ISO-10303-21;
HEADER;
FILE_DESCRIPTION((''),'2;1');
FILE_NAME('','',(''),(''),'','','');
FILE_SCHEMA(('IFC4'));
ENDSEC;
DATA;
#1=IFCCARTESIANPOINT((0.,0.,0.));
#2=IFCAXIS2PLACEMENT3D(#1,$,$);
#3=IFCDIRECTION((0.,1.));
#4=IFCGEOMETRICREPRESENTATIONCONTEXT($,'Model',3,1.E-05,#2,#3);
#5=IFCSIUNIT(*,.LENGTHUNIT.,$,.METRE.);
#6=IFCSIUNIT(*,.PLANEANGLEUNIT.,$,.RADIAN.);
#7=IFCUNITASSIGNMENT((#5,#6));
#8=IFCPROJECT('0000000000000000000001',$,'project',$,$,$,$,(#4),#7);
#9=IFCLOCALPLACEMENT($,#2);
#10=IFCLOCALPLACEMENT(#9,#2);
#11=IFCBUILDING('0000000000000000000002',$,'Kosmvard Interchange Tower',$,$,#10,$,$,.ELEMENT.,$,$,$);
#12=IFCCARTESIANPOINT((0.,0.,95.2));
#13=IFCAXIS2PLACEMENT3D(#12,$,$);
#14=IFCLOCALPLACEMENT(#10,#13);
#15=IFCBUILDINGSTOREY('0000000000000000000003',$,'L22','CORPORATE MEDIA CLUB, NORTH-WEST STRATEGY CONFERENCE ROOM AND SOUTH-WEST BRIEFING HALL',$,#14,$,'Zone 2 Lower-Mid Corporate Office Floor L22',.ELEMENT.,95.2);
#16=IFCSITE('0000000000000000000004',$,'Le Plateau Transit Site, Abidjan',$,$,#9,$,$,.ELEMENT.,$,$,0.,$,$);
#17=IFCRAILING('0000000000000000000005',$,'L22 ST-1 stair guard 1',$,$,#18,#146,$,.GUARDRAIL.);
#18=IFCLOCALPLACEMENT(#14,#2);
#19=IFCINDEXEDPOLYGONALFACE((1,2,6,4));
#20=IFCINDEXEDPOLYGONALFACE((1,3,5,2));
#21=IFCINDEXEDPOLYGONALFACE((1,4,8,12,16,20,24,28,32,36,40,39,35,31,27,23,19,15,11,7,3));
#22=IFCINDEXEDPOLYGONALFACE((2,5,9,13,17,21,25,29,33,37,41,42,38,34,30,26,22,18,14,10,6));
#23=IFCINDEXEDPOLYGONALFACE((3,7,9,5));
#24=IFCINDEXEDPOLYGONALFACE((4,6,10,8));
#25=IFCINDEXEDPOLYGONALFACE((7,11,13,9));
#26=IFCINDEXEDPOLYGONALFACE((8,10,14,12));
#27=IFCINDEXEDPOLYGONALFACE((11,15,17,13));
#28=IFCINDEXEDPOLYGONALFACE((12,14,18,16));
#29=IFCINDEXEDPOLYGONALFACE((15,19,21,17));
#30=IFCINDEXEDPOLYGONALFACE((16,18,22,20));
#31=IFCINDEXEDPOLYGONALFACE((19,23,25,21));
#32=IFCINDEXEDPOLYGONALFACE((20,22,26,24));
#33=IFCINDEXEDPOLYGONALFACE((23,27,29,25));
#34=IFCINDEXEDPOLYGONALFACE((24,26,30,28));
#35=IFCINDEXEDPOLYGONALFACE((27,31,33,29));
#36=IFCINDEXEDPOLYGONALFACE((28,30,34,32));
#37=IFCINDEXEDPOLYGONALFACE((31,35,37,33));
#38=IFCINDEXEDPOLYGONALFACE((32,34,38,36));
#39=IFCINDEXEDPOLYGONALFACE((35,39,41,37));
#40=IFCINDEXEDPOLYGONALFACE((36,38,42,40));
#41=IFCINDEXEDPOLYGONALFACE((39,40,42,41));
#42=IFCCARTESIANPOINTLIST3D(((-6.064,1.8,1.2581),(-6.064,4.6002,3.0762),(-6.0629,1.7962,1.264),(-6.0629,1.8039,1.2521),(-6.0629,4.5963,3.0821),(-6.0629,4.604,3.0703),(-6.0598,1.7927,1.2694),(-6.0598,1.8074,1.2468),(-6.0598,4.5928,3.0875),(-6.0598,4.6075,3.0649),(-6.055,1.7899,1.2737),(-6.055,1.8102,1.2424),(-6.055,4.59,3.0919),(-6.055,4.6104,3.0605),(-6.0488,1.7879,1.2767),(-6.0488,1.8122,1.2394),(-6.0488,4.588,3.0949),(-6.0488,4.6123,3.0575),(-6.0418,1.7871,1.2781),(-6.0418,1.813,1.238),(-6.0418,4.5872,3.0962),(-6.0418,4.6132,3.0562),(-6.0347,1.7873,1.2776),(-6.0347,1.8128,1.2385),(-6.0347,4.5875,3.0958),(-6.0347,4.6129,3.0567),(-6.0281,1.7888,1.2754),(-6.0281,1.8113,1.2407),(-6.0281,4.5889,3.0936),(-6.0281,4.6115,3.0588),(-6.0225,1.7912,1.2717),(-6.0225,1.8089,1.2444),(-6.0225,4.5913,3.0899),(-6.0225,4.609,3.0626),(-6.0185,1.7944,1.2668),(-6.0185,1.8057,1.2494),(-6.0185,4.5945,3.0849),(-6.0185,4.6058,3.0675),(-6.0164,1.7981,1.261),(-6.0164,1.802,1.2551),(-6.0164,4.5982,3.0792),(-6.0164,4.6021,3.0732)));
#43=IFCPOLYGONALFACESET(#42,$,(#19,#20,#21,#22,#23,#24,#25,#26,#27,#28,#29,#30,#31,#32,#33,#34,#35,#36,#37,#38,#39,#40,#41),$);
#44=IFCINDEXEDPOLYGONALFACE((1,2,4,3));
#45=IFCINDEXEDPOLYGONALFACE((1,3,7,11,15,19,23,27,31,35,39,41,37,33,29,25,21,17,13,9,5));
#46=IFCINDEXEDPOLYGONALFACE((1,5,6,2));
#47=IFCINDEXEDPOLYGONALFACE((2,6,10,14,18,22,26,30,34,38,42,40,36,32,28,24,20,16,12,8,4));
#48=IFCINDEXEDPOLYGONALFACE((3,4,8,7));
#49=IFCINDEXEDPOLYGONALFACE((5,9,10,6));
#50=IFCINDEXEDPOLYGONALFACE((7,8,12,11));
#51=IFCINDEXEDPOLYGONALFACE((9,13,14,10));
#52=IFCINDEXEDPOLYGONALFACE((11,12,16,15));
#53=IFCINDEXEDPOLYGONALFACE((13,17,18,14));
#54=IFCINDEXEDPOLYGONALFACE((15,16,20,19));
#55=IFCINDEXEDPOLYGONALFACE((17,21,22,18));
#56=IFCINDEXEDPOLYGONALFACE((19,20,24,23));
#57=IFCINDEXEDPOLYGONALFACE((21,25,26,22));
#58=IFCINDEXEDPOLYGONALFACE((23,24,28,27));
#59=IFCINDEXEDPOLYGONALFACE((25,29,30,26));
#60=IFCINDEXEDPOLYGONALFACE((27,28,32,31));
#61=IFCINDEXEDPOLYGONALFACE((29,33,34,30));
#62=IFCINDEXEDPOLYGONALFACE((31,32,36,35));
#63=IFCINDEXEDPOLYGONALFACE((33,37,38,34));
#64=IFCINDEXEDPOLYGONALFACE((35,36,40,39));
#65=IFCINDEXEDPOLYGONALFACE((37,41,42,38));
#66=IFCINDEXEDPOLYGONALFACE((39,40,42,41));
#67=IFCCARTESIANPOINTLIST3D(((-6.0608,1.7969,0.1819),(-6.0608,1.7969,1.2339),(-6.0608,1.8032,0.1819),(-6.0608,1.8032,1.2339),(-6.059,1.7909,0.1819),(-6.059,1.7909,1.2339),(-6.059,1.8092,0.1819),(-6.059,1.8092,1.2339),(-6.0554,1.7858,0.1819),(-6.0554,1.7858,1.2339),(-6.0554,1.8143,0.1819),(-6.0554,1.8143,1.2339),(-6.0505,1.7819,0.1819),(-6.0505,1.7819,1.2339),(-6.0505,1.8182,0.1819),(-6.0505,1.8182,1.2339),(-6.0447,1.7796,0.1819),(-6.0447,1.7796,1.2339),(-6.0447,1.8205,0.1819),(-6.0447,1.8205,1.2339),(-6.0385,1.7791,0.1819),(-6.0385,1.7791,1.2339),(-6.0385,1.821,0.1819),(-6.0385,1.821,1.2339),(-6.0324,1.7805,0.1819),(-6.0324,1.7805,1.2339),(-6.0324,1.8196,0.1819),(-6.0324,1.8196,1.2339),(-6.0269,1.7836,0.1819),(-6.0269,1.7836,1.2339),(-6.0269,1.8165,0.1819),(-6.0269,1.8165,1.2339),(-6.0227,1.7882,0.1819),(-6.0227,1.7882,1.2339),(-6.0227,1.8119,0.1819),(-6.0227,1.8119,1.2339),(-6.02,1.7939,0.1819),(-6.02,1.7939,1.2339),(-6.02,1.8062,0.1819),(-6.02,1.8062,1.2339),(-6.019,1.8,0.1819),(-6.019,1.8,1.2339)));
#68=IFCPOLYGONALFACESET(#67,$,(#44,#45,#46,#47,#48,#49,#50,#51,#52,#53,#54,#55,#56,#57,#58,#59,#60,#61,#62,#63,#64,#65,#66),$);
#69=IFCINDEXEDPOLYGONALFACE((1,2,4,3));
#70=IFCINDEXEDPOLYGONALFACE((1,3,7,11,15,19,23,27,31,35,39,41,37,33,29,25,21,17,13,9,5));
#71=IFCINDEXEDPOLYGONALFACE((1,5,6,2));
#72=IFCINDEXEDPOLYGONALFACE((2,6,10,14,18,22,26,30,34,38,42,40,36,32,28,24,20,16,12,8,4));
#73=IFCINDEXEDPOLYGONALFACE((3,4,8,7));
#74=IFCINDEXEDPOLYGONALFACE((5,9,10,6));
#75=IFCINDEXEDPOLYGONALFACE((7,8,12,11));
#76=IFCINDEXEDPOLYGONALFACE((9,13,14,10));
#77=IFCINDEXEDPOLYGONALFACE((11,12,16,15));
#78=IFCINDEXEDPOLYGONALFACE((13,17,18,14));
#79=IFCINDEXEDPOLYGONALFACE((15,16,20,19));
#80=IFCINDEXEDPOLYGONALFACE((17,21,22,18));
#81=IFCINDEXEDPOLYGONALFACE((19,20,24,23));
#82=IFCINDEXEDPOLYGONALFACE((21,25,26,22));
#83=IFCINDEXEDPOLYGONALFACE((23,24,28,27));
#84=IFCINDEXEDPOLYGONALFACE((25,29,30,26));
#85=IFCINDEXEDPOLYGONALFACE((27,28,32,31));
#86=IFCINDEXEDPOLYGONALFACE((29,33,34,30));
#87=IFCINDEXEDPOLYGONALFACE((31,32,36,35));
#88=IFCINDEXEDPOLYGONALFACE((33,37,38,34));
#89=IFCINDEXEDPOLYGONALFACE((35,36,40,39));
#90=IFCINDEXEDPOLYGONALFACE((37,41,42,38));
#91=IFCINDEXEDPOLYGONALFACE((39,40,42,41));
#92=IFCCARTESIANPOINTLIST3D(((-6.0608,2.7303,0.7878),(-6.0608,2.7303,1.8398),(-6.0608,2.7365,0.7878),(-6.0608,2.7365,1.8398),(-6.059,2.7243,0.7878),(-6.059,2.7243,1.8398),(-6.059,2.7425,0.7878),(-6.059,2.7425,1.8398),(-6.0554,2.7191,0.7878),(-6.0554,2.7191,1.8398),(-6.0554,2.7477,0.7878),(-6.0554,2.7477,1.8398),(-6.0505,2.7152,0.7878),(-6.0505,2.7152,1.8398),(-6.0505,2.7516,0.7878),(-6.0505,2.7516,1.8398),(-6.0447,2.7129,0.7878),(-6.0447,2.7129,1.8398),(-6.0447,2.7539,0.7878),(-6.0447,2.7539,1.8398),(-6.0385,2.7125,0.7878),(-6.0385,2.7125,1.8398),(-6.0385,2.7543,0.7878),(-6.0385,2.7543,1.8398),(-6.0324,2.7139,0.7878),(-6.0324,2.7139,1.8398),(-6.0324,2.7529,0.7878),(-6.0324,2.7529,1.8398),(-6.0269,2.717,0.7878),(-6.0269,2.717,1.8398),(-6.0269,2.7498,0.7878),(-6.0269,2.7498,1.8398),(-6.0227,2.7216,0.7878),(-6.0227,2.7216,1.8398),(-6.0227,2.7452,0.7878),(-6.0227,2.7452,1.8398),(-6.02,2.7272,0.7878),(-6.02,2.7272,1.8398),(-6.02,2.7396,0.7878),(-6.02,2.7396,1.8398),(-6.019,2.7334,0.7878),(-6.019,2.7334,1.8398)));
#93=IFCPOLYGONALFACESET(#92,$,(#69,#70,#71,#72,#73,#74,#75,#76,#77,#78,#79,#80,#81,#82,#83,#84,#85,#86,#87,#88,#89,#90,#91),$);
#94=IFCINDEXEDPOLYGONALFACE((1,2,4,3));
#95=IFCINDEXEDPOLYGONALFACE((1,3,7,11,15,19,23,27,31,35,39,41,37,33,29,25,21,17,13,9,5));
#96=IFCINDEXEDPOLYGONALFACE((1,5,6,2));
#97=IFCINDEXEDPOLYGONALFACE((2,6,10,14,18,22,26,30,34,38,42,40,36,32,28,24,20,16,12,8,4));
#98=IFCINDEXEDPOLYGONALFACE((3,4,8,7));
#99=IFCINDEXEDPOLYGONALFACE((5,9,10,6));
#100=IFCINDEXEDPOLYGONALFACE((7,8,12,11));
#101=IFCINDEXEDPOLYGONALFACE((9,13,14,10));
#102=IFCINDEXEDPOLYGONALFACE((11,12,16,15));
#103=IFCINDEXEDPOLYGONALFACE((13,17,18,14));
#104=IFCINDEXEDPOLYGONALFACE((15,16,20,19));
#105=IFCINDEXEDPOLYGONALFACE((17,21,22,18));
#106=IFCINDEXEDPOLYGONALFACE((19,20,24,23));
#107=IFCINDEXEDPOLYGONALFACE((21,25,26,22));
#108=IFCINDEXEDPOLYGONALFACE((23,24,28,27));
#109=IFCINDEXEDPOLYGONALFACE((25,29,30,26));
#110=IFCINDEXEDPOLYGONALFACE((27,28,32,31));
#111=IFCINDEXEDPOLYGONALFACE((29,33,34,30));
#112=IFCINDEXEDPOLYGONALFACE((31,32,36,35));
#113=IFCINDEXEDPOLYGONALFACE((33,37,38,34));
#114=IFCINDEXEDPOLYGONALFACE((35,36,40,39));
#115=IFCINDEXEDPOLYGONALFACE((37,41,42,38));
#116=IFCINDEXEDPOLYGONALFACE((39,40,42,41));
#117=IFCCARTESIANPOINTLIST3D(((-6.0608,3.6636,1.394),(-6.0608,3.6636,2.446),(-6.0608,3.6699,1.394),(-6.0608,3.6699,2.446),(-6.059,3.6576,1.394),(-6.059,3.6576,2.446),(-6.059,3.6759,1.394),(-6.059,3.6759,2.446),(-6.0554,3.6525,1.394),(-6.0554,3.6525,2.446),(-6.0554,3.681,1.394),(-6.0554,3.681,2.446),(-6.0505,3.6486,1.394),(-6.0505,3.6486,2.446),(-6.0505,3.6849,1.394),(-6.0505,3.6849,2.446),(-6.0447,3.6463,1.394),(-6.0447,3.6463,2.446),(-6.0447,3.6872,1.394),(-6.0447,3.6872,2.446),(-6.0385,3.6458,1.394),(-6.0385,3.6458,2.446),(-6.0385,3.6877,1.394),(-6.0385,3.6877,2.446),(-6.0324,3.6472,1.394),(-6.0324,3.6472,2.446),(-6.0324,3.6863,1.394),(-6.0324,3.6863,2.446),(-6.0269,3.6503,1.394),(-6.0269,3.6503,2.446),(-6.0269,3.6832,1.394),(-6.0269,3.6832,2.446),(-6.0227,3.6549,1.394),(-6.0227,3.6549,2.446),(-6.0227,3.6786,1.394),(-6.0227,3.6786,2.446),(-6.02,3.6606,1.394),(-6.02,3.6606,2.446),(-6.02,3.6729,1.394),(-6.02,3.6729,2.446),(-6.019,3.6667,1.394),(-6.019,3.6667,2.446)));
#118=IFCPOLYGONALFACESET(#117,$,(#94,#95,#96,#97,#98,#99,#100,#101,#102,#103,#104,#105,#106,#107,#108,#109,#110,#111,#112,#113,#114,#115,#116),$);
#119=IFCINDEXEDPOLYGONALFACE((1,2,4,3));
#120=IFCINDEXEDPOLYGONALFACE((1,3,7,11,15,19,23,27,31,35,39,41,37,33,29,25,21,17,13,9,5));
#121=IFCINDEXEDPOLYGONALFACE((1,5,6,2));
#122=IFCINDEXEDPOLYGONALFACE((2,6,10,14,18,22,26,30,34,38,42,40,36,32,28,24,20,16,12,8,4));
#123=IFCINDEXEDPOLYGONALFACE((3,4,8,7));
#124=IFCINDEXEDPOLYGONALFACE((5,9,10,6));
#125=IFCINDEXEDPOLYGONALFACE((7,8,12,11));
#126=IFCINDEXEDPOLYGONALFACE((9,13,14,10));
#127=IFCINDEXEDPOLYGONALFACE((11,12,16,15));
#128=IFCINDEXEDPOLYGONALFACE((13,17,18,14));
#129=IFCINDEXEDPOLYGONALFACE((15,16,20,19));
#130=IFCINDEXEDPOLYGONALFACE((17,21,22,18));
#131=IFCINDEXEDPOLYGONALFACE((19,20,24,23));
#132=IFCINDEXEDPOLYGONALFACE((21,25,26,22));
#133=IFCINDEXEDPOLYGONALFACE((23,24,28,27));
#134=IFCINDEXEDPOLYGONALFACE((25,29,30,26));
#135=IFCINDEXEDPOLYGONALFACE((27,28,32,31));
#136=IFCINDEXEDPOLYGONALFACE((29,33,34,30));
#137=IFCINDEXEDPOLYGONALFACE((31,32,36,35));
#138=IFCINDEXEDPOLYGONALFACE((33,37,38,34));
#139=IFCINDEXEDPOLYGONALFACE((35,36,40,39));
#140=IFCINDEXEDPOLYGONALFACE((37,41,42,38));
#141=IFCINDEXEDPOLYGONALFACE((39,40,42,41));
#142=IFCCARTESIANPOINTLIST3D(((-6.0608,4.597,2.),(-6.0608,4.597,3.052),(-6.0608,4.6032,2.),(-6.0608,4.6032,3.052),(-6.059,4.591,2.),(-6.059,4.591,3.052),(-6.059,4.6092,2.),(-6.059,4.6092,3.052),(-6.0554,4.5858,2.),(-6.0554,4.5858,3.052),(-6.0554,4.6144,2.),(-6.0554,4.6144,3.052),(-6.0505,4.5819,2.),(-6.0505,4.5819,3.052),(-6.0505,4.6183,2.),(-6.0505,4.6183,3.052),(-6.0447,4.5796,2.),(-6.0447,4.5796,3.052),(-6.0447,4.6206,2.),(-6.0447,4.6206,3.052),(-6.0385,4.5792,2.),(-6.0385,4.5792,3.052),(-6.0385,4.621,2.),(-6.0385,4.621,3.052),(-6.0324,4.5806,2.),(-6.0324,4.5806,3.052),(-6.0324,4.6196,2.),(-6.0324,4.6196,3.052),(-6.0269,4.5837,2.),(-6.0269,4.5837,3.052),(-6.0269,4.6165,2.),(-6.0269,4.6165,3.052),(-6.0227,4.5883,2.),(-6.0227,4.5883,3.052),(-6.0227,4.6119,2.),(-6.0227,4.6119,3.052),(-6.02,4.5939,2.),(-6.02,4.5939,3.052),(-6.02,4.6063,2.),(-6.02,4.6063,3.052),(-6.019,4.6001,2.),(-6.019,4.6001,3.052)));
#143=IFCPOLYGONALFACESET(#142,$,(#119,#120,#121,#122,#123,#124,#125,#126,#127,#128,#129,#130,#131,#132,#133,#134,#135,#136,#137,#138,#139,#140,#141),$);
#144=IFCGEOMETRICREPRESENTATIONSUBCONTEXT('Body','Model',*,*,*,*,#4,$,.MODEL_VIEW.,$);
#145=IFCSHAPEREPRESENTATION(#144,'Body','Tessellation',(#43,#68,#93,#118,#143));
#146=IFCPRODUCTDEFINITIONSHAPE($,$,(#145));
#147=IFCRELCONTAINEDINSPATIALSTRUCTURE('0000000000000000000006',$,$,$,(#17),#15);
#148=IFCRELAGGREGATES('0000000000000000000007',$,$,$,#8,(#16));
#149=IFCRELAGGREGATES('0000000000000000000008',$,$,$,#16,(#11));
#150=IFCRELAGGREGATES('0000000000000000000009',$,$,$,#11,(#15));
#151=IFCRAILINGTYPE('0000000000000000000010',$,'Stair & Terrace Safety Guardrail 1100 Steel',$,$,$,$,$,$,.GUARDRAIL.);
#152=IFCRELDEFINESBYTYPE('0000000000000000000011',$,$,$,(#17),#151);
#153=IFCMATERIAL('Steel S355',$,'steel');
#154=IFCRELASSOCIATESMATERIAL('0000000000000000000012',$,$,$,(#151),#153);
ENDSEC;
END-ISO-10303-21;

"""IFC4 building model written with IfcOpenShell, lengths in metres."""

from ifc_helpers import new_model, si_unit, direction, frame, origin, origin_2d, place, context, subcontext, project, spatial, circle, extrude, source, transform, mapped, material, type_object, element, save


model = new_model("IFC4")

# Units and contexts
model_context = context("Model", 3, precision=1e-05, world=origin(), true_north=direction((0.0, 1.0)))
body_context = subcontext(model_context, "Body", "Model", "MODEL_VIEW")
ifc_project = project(units=[si_unit("LENGTHUNIT", "METRE"), si_unit("PLANEANGLEUNIT", "RADIAN")], contexts=[model_context])

# Site, building, storey
site_placement = place(None, origin())
site = spatial("IfcSite", under=ifc_project, at=site_placement, Name="Le Plateau Transit Site, Abidjan", CompositionType="ELEMENT", RefElevation=0.0)
building_placement = place(site_placement, origin())
building = spatial("IfcBuilding", under=site, at=building_placement, Name="Kosmvard Interchange Tower", CompositionType="ELEMENT")
storey_placement = place(building_placement, frame((0.0, 0.0, 95.2)))
storey = spatial("IfcBuildingStorey", under=building, at=storey_placement, Name="L22", Description="CORPORATE MEDIA CLUB, NORTH-WEST STRATEGY CONFERENCE ROOM AND SOUTH-WEST BRIEFING HALL", LongName="Zone 2 Lower-Mid Corporate Office Floor L22", CompositionType="ELEMENT", Elevation=95.2)

# Shared definitions
ifc_material_1 = material(Name="Steel S355", Category="steel")

# Railing
railing_type_1 = type_object("IfcRailingType", Name="Stair & Terrace Safety Guardrail 1100 Steel", PredefinedType="GUARDRAIL", material=ifc_material_1)
shared_shape_1 = source(origin(), body_context, "Body", "SweptSolid", [
    extrude(circle(Radius=0.0239, at=origin_2d()), frame((0.0, 0.0, 1.0762), z_axis=(0.0, 0.838706, 0.544585), x_axis=(-1.0, 0.0, 0.0)), (0.0, 0.0, 1.0), 3.3386),
    extrude(circle(Radius=0.021, at=origin_2d()), origin(), (0.0, 0.0, 1.0), 1.052),
    extrude(circle(Radius=0.021, at=origin_2d()), frame((0.0, 0.9333, 0.606)), (0.0, 0.0, 1.0), 1.052),
    extrude(circle(Radius=0.021, at=origin_2d()), frame((0.0, 1.8667, 1.2122)), (0.0, 0.0, 1.0), 1.052),
    extrude(circle(Radius=0.021, at=origin_2d()), frame((0.0, 2.8, 1.8181)), (0.0, 0.0, 1.0), 1.052),
])
railing_1_placement = place(storey_placement, frame((-6.04, 1.8, 0.1819)))
element("IfcRailing", 1, at=railing_1_placement, inside=storey, type_object=railing_type_1, Name="L22 ST-1 stair guard 1", PredefinedType="GUARDRAIL", context=body_context, shape_type="MappedRepresentation", body=[
    mapped(shared_shape_1, transform((0.0, 0.0, 0.0), scale=1.0)),
])

save(model, "model.ifc")
